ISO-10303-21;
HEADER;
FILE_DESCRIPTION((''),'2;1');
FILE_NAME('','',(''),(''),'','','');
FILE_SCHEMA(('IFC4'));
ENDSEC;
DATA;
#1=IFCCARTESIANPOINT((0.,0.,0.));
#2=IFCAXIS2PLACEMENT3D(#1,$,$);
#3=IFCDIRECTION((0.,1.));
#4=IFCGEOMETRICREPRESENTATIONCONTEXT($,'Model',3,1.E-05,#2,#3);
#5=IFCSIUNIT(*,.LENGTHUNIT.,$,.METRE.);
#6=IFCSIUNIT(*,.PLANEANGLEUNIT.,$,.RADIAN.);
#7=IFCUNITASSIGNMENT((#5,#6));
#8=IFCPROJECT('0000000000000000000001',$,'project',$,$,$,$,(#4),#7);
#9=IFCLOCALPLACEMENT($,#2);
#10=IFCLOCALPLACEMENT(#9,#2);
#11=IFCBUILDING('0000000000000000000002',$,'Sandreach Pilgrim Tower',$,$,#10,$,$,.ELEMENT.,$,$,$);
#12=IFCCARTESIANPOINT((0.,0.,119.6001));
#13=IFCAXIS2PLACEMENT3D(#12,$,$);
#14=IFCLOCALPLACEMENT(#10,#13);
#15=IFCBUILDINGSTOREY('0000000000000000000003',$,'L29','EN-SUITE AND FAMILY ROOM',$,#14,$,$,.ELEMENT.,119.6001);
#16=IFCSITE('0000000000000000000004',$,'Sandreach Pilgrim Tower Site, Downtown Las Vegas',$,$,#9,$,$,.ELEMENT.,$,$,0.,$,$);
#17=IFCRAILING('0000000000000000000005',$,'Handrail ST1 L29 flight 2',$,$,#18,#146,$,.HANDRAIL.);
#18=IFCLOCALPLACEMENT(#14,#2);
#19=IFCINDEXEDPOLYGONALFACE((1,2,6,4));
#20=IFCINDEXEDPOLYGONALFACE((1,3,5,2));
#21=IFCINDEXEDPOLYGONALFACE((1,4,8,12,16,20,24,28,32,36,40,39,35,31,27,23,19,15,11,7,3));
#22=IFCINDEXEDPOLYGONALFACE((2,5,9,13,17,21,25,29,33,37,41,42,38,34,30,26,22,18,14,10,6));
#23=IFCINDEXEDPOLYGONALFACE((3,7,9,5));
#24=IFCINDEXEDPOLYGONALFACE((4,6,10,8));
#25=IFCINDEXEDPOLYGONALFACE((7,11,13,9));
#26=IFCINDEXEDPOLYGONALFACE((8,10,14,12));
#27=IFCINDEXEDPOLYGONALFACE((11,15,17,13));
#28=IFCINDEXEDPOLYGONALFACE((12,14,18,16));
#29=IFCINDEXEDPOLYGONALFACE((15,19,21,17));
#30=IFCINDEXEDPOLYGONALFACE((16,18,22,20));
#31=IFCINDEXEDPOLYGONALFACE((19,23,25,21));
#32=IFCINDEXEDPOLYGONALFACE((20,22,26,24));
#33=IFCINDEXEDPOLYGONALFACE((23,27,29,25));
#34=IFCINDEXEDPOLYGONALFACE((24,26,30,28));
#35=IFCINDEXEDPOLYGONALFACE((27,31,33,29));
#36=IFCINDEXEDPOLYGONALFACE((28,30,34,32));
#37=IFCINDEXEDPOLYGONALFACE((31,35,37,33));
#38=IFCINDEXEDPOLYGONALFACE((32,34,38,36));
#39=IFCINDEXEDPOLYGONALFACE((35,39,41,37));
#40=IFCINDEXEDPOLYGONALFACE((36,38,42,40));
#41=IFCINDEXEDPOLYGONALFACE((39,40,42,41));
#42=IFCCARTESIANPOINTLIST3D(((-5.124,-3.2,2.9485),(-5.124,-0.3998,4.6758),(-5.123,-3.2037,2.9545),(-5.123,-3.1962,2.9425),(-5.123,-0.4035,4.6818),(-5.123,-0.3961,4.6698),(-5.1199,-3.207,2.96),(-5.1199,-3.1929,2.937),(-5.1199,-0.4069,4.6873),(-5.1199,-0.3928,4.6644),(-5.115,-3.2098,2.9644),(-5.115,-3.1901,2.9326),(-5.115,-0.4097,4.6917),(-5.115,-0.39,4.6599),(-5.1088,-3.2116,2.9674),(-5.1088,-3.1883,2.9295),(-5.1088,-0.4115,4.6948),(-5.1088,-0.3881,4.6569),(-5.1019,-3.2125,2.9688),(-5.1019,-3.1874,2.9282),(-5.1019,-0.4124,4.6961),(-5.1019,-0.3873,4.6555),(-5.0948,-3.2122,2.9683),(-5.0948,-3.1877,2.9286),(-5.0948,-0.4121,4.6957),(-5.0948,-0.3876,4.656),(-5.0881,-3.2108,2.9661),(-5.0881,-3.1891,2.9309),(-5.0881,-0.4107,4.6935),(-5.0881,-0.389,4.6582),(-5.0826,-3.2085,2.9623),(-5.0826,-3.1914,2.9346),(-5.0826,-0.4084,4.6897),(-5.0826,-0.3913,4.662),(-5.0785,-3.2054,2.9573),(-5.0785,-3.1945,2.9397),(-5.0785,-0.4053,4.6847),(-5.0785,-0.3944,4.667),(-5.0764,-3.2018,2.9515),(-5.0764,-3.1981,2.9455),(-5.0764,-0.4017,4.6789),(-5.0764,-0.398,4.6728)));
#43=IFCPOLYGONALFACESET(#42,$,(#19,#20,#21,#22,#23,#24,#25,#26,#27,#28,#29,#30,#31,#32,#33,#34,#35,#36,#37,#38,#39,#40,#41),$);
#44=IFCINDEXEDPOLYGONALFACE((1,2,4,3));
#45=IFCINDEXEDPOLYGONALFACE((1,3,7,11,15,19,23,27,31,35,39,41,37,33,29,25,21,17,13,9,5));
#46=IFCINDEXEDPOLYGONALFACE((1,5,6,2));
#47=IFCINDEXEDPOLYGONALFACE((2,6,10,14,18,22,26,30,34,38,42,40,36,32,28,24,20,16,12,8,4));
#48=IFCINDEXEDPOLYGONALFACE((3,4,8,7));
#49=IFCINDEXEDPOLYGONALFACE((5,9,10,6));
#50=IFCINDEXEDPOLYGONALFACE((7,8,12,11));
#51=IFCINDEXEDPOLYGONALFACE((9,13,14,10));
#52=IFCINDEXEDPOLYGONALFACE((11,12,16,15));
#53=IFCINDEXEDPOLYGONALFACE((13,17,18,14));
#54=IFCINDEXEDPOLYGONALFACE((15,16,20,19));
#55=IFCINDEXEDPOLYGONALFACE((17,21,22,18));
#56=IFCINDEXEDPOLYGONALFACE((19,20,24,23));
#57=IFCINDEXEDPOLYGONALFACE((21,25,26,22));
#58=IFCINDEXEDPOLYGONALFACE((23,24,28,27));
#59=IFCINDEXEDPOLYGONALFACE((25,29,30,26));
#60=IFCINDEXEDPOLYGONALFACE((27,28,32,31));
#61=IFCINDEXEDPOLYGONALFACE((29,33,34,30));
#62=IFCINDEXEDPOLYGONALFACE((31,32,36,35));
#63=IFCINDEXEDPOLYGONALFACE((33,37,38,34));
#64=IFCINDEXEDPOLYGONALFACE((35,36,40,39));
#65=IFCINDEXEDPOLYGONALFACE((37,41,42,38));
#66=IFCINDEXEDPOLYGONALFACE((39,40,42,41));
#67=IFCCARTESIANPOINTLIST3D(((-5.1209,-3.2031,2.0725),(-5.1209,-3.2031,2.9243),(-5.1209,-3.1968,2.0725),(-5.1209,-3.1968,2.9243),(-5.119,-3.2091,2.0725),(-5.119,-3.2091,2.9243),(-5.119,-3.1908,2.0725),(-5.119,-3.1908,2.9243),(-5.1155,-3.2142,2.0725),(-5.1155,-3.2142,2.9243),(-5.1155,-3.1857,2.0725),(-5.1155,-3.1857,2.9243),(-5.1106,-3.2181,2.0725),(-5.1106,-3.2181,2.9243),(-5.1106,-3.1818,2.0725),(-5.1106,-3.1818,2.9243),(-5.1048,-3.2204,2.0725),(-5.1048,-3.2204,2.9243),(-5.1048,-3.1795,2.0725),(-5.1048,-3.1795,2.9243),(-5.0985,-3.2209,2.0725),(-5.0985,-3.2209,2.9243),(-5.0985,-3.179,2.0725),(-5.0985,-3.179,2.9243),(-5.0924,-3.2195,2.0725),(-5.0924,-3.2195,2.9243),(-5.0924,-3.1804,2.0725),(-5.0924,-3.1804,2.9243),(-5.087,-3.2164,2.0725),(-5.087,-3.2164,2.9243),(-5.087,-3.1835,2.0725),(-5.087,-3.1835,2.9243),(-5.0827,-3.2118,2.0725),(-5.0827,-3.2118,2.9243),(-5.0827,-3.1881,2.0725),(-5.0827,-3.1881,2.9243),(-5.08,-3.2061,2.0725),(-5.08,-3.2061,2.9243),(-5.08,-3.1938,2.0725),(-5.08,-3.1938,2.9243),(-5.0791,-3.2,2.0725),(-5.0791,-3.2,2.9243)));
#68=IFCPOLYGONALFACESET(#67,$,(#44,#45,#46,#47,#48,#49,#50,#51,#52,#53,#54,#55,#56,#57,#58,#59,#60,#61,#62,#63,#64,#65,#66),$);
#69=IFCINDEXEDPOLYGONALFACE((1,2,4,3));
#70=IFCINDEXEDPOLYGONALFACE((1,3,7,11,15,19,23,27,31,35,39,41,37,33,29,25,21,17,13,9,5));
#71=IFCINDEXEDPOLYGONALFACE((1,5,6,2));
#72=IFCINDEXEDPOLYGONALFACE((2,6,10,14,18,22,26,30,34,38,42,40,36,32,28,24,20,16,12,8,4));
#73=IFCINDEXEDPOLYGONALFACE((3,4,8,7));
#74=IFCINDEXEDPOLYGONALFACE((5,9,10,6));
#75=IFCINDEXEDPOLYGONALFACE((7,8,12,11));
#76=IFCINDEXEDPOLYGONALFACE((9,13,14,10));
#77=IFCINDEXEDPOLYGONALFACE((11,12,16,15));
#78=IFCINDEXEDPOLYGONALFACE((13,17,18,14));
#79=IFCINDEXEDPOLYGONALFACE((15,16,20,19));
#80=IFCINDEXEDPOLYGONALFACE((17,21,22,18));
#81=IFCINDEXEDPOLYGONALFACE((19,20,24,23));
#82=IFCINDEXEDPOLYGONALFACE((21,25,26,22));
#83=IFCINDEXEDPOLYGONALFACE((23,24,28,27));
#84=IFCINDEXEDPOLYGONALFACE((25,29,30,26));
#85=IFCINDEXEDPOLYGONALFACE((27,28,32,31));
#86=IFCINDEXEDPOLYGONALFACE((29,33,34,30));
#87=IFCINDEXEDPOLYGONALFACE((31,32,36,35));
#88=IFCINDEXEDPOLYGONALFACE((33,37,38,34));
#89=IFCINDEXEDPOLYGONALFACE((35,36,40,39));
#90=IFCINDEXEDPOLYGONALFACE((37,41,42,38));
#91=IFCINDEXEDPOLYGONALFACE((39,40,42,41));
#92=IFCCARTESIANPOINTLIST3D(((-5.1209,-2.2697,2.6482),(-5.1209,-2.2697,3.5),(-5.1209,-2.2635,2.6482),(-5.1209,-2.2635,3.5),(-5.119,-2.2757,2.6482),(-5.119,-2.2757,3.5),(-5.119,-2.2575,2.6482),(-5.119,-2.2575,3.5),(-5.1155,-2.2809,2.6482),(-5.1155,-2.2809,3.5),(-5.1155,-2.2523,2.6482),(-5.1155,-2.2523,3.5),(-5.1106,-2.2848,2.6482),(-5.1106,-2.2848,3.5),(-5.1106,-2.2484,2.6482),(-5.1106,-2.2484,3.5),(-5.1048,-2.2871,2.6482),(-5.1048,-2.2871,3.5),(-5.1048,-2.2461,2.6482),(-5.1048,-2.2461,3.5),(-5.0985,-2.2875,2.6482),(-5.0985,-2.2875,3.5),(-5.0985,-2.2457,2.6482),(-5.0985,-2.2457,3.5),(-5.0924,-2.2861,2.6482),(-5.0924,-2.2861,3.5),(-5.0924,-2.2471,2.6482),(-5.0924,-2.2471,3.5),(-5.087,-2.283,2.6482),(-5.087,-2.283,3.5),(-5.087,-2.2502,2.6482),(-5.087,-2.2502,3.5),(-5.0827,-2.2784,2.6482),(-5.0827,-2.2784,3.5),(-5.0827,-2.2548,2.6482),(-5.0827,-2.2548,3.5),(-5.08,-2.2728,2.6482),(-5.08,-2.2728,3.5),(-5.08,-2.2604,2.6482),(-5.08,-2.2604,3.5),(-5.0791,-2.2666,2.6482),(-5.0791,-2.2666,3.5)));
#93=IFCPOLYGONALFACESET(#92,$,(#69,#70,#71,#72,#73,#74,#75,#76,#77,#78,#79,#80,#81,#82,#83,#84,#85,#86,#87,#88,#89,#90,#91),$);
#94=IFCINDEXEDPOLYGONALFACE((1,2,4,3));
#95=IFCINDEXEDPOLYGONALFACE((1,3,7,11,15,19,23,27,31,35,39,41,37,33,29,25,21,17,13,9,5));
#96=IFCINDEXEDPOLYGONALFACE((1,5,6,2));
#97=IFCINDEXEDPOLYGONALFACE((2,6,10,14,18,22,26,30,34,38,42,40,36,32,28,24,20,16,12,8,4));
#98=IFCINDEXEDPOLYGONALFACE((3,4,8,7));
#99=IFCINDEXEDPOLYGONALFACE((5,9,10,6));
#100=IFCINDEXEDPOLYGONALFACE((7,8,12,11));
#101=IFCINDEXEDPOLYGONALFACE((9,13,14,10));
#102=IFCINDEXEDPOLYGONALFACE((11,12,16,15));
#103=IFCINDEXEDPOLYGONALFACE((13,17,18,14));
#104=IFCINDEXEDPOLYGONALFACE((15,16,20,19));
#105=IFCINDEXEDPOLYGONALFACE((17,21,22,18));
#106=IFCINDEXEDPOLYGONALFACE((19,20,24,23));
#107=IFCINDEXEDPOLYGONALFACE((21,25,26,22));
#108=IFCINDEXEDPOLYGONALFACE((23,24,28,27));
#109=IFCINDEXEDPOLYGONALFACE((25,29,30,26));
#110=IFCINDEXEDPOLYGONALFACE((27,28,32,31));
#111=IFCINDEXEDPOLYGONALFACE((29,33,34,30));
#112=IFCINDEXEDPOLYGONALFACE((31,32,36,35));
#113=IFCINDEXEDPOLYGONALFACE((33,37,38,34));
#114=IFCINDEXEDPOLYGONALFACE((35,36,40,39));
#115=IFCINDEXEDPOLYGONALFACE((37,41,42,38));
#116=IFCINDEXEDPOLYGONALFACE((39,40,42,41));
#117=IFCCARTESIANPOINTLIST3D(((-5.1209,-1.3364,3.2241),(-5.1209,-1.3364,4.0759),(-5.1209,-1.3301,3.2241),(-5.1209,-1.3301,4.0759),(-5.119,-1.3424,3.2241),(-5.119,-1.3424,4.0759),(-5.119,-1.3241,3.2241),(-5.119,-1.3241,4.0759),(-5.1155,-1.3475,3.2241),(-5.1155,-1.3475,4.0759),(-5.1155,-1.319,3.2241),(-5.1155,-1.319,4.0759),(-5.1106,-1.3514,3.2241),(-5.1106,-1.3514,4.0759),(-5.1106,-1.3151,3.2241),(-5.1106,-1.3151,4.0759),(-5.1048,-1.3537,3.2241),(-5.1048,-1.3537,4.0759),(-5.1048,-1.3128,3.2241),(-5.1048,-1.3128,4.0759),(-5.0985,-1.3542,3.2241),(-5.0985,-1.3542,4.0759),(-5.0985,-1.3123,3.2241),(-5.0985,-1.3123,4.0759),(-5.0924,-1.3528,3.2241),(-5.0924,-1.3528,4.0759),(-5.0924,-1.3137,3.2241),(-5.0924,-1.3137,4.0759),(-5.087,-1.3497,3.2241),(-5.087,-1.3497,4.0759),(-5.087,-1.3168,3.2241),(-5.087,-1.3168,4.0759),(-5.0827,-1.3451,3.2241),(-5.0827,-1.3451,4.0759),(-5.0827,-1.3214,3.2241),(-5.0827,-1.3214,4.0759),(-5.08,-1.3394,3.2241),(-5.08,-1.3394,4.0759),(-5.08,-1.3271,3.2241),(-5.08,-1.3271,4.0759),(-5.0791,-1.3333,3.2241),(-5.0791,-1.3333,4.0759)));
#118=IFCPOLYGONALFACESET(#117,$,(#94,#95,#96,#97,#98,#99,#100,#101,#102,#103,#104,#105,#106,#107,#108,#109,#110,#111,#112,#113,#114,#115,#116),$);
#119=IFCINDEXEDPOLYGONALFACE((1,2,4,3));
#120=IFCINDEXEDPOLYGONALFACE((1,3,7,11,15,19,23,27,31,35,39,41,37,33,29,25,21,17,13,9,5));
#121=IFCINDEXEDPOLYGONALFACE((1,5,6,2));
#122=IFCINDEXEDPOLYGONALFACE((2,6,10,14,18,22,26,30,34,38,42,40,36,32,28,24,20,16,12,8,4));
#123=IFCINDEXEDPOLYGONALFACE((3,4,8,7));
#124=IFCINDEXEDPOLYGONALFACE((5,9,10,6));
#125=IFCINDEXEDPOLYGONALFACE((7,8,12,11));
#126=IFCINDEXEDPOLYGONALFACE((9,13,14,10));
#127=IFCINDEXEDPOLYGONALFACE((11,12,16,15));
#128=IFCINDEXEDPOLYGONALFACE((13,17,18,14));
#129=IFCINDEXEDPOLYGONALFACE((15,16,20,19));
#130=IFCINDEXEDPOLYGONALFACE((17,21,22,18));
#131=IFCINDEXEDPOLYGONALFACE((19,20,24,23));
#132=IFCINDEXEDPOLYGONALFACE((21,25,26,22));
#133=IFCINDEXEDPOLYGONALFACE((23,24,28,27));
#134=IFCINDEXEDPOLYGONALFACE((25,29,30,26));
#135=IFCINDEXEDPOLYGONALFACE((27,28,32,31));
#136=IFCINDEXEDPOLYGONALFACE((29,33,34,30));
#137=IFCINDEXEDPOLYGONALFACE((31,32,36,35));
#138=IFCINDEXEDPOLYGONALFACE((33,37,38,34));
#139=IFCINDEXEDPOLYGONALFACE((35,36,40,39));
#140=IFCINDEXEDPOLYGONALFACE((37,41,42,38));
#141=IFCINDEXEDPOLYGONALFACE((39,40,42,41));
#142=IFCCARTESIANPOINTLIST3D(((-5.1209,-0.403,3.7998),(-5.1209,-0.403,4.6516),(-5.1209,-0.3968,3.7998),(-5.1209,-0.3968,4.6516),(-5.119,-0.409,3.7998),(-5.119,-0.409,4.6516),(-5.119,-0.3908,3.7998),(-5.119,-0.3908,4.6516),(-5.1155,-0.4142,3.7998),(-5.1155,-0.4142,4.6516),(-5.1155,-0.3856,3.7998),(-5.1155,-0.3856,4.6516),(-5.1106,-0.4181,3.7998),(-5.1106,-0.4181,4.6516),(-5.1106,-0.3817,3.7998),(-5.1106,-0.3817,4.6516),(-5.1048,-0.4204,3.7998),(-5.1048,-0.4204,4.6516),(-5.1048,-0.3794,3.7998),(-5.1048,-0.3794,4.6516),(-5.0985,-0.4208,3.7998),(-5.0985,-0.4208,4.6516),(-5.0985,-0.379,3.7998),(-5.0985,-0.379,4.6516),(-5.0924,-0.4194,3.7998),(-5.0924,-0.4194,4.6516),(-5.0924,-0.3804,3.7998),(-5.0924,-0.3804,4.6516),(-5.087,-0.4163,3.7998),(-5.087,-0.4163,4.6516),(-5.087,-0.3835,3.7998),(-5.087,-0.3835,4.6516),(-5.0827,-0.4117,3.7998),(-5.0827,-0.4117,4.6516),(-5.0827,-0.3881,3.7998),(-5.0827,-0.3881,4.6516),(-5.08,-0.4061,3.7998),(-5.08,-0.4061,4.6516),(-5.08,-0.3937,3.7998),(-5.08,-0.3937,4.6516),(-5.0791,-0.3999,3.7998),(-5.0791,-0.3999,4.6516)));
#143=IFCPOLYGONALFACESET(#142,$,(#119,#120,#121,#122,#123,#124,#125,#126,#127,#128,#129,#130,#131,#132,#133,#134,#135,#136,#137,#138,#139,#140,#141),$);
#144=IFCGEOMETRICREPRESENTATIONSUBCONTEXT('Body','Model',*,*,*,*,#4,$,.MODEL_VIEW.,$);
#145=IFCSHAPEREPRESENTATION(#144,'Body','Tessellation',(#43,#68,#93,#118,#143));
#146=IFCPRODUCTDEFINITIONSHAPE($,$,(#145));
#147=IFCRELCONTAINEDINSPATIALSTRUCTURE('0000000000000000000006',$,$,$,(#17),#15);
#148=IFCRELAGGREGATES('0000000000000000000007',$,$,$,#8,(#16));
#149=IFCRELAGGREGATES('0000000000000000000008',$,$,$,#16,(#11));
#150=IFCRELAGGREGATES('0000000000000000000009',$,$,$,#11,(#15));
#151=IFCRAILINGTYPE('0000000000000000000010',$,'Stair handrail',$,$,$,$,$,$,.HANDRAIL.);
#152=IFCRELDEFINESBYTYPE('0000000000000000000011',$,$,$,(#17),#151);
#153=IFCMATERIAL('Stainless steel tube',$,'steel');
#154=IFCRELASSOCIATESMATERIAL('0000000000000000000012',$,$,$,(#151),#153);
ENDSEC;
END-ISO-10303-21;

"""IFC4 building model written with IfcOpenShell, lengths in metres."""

from ifc_helpers import new_model, si_unit, direction, frame, origin, origin_2d, place, context, subcontext, project, spatial, circle, extrude, material, type_object, element, save


model = new_model("IFC4")

# Units and contexts
model_context = context("Model", 3, precision=1e-05, world=origin(), true_north=direction((0.0, 1.0)))
body_context = subcontext(model_context, "Body", "Model", "MODEL_VIEW")
ifc_project = project(units=[si_unit("LENGTHUNIT", "METRE"), si_unit("PLANEANGLEUNIT", "RADIAN")], contexts=[model_context])

# Site, building, storey
site_placement = place(None, origin())
site = spatial("IfcSite", under=ifc_project, at=site_placement, Name="Sandreach Pilgrim Tower Site, Downtown Las Vegas", CompositionType="ELEMENT", RefElevation=0.0)
building_placement = place(site_placement, origin())
building = spatial("IfcBuilding", under=site, at=building_placement, Name="Sandreach Pilgrim Tower", CompositionType="ELEMENT")
storey_placement = place(building_placement, frame((0.0, 0.0, 119.6001)))
storey = spatial("IfcBuildingStorey", under=building, at=storey_placement, Name="L29", Description="EN-SUITE AND FAMILY ROOM", CompositionType="ELEMENT", Elevation=119.6001)

# Railing
ifc_material_1 = material(Name="Stainless steel tube", Category="steel")
railing_type = type_object("IfcRailingType", Name="Stair handrail", PredefinedType="HANDRAIL", material=ifc_material_1)
for number, where, name in (
    (1, (-5.1001, -3.2, 2.0725), "Handrail ST1 L29 flight 2"),
):
    element("IfcRailing", number, at=place(storey_placement, frame(where)), inside=storey, type_object=railing_type, Name=name, PredefinedType="HANDRAIL", context=body_context, shape_type="SweptSolid", body=[
        extrude(circle(Radius=0.0239, at=origin_2d()), frame((0.0, 0.0, 0.876), z_axis=(0.0, 0.85109, 0.52502), x_axis=(-1.0, 0.0, 0.0)), (0.0, 0.0, 1.0), 3.29),
        extrude(circle(Radius=0.021, at=origin_2d()), origin(), (0.0, 0.0, 1.0), 0.8518),
        extrude(circle(Radius=0.021, at=origin_2d()), frame((0.0, 0.9333, 0.5757)), (0.0, 0.0, 1.0), 0.8518),
        extrude(circle(Radius=0.021, at=origin_2d()), frame((0.0, 1.8667, 1.1516)), (0.0, 0.0, 1.0), 0.8518),
        extrude(circle(Radius=0.021, at=origin_2d()), frame((0.0, 2.8, 1.7273)), (0.0, 0.0, 1.0), 0.8518),
    ])

save(model, "model.ifc")
